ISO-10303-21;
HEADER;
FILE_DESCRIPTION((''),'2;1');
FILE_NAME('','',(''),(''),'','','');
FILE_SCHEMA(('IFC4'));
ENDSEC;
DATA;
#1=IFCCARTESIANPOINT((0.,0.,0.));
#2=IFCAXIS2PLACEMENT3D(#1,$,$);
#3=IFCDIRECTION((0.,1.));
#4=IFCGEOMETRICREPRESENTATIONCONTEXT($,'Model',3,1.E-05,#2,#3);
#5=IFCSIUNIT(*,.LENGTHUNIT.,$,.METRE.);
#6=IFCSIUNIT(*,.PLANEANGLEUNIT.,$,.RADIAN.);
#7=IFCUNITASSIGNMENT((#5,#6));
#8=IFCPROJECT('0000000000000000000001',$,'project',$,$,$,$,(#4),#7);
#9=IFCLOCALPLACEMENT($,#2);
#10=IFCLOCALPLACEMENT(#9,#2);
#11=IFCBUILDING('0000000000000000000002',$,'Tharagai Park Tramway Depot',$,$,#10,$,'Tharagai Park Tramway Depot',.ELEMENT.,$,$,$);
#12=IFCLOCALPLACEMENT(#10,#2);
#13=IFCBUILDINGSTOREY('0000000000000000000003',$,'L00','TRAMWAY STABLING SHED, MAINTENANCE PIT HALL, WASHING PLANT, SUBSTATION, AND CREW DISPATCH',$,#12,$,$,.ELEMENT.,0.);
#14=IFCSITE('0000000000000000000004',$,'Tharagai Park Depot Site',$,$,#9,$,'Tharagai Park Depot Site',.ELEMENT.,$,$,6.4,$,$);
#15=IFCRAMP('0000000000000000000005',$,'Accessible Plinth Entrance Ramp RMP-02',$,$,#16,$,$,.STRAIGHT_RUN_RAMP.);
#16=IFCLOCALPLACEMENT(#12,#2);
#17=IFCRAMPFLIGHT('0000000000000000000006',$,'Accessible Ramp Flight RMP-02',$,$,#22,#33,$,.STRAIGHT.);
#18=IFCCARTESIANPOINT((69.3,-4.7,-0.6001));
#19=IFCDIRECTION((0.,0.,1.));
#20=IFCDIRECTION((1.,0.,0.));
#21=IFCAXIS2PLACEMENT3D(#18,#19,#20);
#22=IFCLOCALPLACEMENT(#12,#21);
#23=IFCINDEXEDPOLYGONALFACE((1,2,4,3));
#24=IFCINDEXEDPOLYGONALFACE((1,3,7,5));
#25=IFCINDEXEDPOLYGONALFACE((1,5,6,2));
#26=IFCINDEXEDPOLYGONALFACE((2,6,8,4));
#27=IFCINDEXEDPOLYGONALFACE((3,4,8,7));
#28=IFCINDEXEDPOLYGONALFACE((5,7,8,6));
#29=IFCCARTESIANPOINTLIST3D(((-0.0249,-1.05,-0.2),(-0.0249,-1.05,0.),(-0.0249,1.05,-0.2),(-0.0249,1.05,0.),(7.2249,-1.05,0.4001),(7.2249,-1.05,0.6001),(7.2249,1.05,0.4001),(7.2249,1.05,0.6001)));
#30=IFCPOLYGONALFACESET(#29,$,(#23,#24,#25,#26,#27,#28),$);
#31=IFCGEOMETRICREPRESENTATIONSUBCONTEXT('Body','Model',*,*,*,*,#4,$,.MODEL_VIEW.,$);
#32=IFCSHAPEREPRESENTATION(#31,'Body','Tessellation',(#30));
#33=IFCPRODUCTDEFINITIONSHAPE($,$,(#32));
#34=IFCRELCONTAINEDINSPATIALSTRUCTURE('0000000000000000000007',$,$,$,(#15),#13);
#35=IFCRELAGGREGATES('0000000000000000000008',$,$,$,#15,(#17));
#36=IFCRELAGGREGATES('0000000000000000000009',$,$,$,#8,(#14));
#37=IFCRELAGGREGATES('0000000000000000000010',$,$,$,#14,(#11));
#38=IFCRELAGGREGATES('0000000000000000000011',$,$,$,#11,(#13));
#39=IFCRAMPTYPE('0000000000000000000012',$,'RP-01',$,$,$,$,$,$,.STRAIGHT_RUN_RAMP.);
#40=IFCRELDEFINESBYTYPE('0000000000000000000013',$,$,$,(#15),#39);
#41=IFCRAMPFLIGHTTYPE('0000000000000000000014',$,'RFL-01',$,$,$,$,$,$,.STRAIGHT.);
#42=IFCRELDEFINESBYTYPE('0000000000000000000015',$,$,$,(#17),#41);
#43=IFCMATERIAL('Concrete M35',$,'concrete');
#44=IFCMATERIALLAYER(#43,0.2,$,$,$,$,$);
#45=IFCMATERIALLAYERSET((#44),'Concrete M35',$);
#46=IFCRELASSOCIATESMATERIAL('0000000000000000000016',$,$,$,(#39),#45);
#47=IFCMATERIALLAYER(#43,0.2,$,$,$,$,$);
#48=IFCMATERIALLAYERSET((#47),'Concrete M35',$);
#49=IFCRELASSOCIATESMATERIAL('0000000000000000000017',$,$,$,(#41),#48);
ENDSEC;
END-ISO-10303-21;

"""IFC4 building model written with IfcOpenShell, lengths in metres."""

from ifc_helpers import new_model, si_unit, direction, frame, origin, place, context, subcontext, project, spatial, polyline, outline, extrude, material, layer, layer_set, type_object, element, aggregate, save


model = new_model("IFC4")

# Units and contexts
model_context = context("Model", 3, precision=1e-05, world=origin(), true_north=direction((0.0, 1.0)))
body_context = subcontext(model_context, "Body", "Model", "MODEL_VIEW")
ifc_project = project(units=[si_unit("LENGTHUNIT", "METRE"), si_unit("PLANEANGLEUNIT", "RADIAN")], contexts=[model_context])

# Site, building, storey
site_placement = place(None, origin())
site = spatial("IfcSite", under=ifc_project, at=site_placement, Name="Tharagai Park Depot Site", LongName="Tharagai Park Depot Site", CompositionType="ELEMENT", RefElevation=6.4)
building_placement = place(site_placement, origin())
building = spatial("IfcBuilding", under=site, at=building_placement, Name="Tharagai Park Tramway Depot", LongName="Tharagai Park Tramway Depot", CompositionType="ELEMENT")
storey_placement = place(building_placement, origin())
storey = spatial("IfcBuildingStorey", under=building, at=storey_placement, Name="L00", Description="TRAMWAY STABLING SHED, MAINTENANCE PIT HALL, WASHING PLANT, SUBSTATION, AND CREW DISPATCH", CompositionType="ELEMENT", Elevation=0.0)

# Shared definitions
ifc_material_1 = material(Name="Concrete M35", Category="concrete")

# Ramp, ramp flight
ifc_layer_1 = layer(ifc_material_1, 0.2)
ifc_layer_set_1 = layer_set([ifc_layer_1], Name="Concrete M35")
ramp_type = type_object("IfcRampType", Name="RP-01", PredefinedType="STRAIGHT_RUN_RAMP", material=ifc_layer_set_1)
ramp_placement = place(storey_placement, origin())
ramp = element("IfcRamp", 1, at=ramp_placement, inside=storey, type_object=ramp_type, Name="Accessible Plinth Entrance Ramp RMP-02", PredefinedType="STRAIGHT_RUN_RAMP")
ifc_layer_2 = layer(ifc_material_1, 0.2)
ifc_layer_set_2 = layer_set([ifc_layer_2], Name="Concrete M35")
ramp_flight_type = type_object("IfcRampFlightType", Name="RFL-01", PredefinedType="STRAIGHT", material=ifc_layer_set_2)
ramp_flight_placement = place(storey_placement, frame((69.3, -4.7, -0.6001), z_axis=(0.0, 0.0, 1.0), x_axis=(1.0, 0.0, 0.0)))
ramp_flight = element("IfcRampFlight", 2, at=ramp_flight_placement, type_object=ramp_flight_type, Name="Accessible Ramp Flight RMP-02", PredefinedType="STRAIGHT", context=body_context, shape_type="SweptSolid", body=[
    extrude(outline(polyline([(-0.0249, 0.0), (7.2249, 0.6001), (7.2249, 0.4001), (-0.0249, -0.2), (-0.0249, 0.0)])), frame((0.0, 1.05, 0.0), z_axis=(0.0, -1.0, 0.0), x_axis=(1.0, 0.0, 0.0)), (0.0, 0.0, 1.0), 2.1001),
])
aggregate(ramp, [ramp_flight])

save(model, "model.ifc")
